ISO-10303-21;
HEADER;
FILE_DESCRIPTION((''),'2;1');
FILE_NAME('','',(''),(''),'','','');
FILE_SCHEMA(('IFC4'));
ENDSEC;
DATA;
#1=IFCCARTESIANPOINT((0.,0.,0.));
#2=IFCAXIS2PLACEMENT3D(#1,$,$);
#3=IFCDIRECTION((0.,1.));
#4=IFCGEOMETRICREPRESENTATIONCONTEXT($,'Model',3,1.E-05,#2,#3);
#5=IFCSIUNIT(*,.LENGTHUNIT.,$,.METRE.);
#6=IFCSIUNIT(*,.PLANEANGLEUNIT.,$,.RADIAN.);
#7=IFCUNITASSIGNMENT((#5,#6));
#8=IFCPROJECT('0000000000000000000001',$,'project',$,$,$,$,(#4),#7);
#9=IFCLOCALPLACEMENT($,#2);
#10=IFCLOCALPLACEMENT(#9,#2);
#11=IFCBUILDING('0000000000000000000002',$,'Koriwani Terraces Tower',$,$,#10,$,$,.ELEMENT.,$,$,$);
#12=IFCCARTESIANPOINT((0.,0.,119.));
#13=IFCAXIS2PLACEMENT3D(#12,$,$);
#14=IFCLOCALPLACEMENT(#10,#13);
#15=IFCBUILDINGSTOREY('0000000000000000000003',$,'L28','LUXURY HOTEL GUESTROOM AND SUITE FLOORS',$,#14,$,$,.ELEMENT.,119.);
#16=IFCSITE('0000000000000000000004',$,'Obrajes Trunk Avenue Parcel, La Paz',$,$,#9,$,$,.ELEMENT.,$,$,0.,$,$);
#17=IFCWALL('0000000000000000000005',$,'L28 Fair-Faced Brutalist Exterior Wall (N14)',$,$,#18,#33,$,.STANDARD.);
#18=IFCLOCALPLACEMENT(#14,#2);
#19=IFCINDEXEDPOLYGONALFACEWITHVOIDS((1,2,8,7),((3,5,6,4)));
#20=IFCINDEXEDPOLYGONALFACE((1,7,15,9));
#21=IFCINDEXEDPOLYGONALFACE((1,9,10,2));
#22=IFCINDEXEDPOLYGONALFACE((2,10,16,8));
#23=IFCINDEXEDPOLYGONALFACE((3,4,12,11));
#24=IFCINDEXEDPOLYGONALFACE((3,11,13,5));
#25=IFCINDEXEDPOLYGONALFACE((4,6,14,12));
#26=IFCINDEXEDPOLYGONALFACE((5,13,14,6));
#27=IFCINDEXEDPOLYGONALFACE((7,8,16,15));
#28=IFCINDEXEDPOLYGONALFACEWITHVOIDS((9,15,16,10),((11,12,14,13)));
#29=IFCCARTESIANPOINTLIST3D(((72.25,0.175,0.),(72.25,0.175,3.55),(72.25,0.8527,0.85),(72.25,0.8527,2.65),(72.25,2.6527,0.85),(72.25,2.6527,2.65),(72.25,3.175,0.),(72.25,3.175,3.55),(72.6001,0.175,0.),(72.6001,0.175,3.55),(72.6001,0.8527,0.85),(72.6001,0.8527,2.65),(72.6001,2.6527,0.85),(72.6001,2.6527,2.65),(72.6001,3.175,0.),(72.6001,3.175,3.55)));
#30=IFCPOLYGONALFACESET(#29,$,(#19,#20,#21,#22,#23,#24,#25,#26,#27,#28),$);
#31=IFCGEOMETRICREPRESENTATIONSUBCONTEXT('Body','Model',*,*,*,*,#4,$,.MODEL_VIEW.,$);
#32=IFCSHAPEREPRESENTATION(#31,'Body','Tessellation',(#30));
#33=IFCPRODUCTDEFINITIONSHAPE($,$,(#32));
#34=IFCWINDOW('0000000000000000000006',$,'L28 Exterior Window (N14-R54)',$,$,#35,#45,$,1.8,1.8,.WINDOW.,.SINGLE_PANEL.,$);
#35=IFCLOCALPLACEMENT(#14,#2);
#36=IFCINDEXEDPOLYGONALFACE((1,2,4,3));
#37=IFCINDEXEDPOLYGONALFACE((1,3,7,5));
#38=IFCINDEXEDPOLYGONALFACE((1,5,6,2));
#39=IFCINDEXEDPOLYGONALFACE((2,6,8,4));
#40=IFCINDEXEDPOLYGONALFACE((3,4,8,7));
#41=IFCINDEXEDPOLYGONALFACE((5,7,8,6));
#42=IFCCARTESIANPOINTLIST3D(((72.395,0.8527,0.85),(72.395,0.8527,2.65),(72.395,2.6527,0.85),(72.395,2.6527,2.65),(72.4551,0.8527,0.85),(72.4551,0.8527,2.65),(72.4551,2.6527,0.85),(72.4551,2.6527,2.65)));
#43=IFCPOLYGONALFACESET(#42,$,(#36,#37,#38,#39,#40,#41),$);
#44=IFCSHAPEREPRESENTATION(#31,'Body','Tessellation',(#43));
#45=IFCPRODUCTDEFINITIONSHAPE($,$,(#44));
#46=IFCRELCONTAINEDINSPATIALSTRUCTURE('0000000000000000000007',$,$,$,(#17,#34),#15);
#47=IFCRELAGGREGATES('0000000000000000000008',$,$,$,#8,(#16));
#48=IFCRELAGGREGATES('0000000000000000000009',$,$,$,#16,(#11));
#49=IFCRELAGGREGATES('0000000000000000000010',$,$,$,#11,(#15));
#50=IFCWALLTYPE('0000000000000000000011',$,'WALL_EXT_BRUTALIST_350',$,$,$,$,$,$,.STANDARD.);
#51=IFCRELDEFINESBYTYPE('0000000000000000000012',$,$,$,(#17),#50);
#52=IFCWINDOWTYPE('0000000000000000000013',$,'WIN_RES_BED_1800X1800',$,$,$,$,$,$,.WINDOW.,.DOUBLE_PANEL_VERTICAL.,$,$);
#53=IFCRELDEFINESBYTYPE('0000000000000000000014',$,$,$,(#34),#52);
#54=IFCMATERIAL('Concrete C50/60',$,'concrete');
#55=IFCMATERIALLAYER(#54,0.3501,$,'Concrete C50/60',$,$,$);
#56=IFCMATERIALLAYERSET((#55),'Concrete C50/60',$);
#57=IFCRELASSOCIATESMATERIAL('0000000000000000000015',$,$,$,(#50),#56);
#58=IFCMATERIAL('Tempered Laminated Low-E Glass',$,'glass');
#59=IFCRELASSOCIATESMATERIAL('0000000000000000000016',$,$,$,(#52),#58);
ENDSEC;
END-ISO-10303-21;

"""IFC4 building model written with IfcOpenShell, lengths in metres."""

from ifc_helpers import new_model, si_unit, direction, frame, frame_2d, origin, place, context, subcontext, project, spatial, rectangle, extrude, material, layer, layer_set, type_object, element, fill, save


model = new_model("IFC4")

# Units and contexts
model_context = context("Model", 3, precision=1e-05, world=origin(), true_north=direction((0.0, 1.0)))
body_context = subcontext(model_context, "Body", "Model", "MODEL_VIEW")
ifc_project = project(units=[si_unit("LENGTHUNIT", "METRE"), si_unit("PLANEANGLEUNIT", "RADIAN")], contexts=[model_context])

# Site, building, storey
site_placement = place(None, origin())
site = spatial("IfcSite", under=ifc_project, at=site_placement, Name="Obrajes Trunk Avenue Parcel, La Paz", CompositionType="ELEMENT", RefElevation=0.0)
building_placement = place(site_placement, origin())
building = spatial("IfcBuilding", under=site, at=building_placement, Name="Koriwani Terraces Tower", CompositionType="ELEMENT")
storey_placement = place(building_placement, frame((0.0, 0.0, 119.0)))
storey = spatial("IfcBuildingStorey", under=building, at=storey_placement, Name="L28", Description="LUXURY HOTEL GUESTROOM AND SUITE FLOORS", CompositionType="ELEMENT", Elevation=119.0)

# Shared definitions
ifc_material_1 = material(Name="Concrete C50/60", Category="concrete")

# Shared definitions
ifc_material_2 = material(Name="Tempered Laminated Low-E Glass", Category="glass")

# Shared definitions
ifc_layer_1 = layer(ifc_material_1, 0.3501, Name="Concrete C50/60")
ifc_layer_set_1 = layer_set([ifc_layer_1], Name="Concrete C50/60")
wall_type_1 = type_object("IfcWallType", Name="WALL_EXT_BRUTALIST_350", PredefinedType="STANDARD", material=ifc_layer_set_1)

# Wall, opening, window
wall_1_placement = place(storey_placement, frame((72.425, 3.175, 0.0), z_axis=(0.0, 0.0, 1.0), x_axis=(0.0, -1.0, 0.0)))
wall_1 = element("IfcWall", 1, at=wall_1_placement, inside=storey, type_object=wall_type_1, Name="L28 Fair-Faced Brutalist Exterior Wall (N14)", PredefinedType="STANDARD", context=body_context, shape_type="SweptSolid", body=[
    extrude(rectangle(XDim=3.0, YDim=0.3501, at=frame_2d((1.5, 0.0))), origin(), (0.0, 0.0, 1.0), 3.55),
])
opening_1_placement = place(wall_1_placement, frame((0.5225, 0.0, 0.8501)))
opening_1 = element("IfcOpeningElement", 2, at=opening_1_placement, cuts=wall_1, PredefinedType="OPENING", context=body_context, shape_type="SweptSolid", body=[
    extrude(rectangle(XDim=1.8, YDim=1.8, at=frame_2d((0.8999, 0.8999))), frame((0.0, 0.1851, 0.0), z_axis=(0.0, -1.0, 0.0), x_axis=(1.0, 0.0, 0.0)), (0.0, 0.0, 1.0), 0.3701),
])
window_type_1 = type_object("IfcWindowType", Name="WIN_RES_BED_1800X1800", PartitioningType="DOUBLE_PANEL_VERTICAL", PredefinedType="WINDOW", material=ifc_material_2)
window_1_placement = place(opening_1_placement, origin())
window_1 = element("IfcWindow", 3, at=window_1_placement, inside=storey, type_object=window_type_1, Name="L28 Exterior Window (N14-R54)", OverallHeight=1.8, OverallWidth=1.8, PartitioningType="SINGLE_PANEL", PredefinedType="WINDOW", context=body_context, shape_type="SweptSolid", body=[
    extrude(rectangle(XDim=1.8, YDim=1.8, at=frame_2d((0.8999, 0.8999))), frame((0.0, 0.03, 0.0), z_axis=(0.0, -1.0, 0.0), x_axis=(1.0, 0.0, 0.0)), (0.0, 0.0, 1.0), 0.0601),
])
fill(opening_1, window_1)

save(model, "model.ifc")
